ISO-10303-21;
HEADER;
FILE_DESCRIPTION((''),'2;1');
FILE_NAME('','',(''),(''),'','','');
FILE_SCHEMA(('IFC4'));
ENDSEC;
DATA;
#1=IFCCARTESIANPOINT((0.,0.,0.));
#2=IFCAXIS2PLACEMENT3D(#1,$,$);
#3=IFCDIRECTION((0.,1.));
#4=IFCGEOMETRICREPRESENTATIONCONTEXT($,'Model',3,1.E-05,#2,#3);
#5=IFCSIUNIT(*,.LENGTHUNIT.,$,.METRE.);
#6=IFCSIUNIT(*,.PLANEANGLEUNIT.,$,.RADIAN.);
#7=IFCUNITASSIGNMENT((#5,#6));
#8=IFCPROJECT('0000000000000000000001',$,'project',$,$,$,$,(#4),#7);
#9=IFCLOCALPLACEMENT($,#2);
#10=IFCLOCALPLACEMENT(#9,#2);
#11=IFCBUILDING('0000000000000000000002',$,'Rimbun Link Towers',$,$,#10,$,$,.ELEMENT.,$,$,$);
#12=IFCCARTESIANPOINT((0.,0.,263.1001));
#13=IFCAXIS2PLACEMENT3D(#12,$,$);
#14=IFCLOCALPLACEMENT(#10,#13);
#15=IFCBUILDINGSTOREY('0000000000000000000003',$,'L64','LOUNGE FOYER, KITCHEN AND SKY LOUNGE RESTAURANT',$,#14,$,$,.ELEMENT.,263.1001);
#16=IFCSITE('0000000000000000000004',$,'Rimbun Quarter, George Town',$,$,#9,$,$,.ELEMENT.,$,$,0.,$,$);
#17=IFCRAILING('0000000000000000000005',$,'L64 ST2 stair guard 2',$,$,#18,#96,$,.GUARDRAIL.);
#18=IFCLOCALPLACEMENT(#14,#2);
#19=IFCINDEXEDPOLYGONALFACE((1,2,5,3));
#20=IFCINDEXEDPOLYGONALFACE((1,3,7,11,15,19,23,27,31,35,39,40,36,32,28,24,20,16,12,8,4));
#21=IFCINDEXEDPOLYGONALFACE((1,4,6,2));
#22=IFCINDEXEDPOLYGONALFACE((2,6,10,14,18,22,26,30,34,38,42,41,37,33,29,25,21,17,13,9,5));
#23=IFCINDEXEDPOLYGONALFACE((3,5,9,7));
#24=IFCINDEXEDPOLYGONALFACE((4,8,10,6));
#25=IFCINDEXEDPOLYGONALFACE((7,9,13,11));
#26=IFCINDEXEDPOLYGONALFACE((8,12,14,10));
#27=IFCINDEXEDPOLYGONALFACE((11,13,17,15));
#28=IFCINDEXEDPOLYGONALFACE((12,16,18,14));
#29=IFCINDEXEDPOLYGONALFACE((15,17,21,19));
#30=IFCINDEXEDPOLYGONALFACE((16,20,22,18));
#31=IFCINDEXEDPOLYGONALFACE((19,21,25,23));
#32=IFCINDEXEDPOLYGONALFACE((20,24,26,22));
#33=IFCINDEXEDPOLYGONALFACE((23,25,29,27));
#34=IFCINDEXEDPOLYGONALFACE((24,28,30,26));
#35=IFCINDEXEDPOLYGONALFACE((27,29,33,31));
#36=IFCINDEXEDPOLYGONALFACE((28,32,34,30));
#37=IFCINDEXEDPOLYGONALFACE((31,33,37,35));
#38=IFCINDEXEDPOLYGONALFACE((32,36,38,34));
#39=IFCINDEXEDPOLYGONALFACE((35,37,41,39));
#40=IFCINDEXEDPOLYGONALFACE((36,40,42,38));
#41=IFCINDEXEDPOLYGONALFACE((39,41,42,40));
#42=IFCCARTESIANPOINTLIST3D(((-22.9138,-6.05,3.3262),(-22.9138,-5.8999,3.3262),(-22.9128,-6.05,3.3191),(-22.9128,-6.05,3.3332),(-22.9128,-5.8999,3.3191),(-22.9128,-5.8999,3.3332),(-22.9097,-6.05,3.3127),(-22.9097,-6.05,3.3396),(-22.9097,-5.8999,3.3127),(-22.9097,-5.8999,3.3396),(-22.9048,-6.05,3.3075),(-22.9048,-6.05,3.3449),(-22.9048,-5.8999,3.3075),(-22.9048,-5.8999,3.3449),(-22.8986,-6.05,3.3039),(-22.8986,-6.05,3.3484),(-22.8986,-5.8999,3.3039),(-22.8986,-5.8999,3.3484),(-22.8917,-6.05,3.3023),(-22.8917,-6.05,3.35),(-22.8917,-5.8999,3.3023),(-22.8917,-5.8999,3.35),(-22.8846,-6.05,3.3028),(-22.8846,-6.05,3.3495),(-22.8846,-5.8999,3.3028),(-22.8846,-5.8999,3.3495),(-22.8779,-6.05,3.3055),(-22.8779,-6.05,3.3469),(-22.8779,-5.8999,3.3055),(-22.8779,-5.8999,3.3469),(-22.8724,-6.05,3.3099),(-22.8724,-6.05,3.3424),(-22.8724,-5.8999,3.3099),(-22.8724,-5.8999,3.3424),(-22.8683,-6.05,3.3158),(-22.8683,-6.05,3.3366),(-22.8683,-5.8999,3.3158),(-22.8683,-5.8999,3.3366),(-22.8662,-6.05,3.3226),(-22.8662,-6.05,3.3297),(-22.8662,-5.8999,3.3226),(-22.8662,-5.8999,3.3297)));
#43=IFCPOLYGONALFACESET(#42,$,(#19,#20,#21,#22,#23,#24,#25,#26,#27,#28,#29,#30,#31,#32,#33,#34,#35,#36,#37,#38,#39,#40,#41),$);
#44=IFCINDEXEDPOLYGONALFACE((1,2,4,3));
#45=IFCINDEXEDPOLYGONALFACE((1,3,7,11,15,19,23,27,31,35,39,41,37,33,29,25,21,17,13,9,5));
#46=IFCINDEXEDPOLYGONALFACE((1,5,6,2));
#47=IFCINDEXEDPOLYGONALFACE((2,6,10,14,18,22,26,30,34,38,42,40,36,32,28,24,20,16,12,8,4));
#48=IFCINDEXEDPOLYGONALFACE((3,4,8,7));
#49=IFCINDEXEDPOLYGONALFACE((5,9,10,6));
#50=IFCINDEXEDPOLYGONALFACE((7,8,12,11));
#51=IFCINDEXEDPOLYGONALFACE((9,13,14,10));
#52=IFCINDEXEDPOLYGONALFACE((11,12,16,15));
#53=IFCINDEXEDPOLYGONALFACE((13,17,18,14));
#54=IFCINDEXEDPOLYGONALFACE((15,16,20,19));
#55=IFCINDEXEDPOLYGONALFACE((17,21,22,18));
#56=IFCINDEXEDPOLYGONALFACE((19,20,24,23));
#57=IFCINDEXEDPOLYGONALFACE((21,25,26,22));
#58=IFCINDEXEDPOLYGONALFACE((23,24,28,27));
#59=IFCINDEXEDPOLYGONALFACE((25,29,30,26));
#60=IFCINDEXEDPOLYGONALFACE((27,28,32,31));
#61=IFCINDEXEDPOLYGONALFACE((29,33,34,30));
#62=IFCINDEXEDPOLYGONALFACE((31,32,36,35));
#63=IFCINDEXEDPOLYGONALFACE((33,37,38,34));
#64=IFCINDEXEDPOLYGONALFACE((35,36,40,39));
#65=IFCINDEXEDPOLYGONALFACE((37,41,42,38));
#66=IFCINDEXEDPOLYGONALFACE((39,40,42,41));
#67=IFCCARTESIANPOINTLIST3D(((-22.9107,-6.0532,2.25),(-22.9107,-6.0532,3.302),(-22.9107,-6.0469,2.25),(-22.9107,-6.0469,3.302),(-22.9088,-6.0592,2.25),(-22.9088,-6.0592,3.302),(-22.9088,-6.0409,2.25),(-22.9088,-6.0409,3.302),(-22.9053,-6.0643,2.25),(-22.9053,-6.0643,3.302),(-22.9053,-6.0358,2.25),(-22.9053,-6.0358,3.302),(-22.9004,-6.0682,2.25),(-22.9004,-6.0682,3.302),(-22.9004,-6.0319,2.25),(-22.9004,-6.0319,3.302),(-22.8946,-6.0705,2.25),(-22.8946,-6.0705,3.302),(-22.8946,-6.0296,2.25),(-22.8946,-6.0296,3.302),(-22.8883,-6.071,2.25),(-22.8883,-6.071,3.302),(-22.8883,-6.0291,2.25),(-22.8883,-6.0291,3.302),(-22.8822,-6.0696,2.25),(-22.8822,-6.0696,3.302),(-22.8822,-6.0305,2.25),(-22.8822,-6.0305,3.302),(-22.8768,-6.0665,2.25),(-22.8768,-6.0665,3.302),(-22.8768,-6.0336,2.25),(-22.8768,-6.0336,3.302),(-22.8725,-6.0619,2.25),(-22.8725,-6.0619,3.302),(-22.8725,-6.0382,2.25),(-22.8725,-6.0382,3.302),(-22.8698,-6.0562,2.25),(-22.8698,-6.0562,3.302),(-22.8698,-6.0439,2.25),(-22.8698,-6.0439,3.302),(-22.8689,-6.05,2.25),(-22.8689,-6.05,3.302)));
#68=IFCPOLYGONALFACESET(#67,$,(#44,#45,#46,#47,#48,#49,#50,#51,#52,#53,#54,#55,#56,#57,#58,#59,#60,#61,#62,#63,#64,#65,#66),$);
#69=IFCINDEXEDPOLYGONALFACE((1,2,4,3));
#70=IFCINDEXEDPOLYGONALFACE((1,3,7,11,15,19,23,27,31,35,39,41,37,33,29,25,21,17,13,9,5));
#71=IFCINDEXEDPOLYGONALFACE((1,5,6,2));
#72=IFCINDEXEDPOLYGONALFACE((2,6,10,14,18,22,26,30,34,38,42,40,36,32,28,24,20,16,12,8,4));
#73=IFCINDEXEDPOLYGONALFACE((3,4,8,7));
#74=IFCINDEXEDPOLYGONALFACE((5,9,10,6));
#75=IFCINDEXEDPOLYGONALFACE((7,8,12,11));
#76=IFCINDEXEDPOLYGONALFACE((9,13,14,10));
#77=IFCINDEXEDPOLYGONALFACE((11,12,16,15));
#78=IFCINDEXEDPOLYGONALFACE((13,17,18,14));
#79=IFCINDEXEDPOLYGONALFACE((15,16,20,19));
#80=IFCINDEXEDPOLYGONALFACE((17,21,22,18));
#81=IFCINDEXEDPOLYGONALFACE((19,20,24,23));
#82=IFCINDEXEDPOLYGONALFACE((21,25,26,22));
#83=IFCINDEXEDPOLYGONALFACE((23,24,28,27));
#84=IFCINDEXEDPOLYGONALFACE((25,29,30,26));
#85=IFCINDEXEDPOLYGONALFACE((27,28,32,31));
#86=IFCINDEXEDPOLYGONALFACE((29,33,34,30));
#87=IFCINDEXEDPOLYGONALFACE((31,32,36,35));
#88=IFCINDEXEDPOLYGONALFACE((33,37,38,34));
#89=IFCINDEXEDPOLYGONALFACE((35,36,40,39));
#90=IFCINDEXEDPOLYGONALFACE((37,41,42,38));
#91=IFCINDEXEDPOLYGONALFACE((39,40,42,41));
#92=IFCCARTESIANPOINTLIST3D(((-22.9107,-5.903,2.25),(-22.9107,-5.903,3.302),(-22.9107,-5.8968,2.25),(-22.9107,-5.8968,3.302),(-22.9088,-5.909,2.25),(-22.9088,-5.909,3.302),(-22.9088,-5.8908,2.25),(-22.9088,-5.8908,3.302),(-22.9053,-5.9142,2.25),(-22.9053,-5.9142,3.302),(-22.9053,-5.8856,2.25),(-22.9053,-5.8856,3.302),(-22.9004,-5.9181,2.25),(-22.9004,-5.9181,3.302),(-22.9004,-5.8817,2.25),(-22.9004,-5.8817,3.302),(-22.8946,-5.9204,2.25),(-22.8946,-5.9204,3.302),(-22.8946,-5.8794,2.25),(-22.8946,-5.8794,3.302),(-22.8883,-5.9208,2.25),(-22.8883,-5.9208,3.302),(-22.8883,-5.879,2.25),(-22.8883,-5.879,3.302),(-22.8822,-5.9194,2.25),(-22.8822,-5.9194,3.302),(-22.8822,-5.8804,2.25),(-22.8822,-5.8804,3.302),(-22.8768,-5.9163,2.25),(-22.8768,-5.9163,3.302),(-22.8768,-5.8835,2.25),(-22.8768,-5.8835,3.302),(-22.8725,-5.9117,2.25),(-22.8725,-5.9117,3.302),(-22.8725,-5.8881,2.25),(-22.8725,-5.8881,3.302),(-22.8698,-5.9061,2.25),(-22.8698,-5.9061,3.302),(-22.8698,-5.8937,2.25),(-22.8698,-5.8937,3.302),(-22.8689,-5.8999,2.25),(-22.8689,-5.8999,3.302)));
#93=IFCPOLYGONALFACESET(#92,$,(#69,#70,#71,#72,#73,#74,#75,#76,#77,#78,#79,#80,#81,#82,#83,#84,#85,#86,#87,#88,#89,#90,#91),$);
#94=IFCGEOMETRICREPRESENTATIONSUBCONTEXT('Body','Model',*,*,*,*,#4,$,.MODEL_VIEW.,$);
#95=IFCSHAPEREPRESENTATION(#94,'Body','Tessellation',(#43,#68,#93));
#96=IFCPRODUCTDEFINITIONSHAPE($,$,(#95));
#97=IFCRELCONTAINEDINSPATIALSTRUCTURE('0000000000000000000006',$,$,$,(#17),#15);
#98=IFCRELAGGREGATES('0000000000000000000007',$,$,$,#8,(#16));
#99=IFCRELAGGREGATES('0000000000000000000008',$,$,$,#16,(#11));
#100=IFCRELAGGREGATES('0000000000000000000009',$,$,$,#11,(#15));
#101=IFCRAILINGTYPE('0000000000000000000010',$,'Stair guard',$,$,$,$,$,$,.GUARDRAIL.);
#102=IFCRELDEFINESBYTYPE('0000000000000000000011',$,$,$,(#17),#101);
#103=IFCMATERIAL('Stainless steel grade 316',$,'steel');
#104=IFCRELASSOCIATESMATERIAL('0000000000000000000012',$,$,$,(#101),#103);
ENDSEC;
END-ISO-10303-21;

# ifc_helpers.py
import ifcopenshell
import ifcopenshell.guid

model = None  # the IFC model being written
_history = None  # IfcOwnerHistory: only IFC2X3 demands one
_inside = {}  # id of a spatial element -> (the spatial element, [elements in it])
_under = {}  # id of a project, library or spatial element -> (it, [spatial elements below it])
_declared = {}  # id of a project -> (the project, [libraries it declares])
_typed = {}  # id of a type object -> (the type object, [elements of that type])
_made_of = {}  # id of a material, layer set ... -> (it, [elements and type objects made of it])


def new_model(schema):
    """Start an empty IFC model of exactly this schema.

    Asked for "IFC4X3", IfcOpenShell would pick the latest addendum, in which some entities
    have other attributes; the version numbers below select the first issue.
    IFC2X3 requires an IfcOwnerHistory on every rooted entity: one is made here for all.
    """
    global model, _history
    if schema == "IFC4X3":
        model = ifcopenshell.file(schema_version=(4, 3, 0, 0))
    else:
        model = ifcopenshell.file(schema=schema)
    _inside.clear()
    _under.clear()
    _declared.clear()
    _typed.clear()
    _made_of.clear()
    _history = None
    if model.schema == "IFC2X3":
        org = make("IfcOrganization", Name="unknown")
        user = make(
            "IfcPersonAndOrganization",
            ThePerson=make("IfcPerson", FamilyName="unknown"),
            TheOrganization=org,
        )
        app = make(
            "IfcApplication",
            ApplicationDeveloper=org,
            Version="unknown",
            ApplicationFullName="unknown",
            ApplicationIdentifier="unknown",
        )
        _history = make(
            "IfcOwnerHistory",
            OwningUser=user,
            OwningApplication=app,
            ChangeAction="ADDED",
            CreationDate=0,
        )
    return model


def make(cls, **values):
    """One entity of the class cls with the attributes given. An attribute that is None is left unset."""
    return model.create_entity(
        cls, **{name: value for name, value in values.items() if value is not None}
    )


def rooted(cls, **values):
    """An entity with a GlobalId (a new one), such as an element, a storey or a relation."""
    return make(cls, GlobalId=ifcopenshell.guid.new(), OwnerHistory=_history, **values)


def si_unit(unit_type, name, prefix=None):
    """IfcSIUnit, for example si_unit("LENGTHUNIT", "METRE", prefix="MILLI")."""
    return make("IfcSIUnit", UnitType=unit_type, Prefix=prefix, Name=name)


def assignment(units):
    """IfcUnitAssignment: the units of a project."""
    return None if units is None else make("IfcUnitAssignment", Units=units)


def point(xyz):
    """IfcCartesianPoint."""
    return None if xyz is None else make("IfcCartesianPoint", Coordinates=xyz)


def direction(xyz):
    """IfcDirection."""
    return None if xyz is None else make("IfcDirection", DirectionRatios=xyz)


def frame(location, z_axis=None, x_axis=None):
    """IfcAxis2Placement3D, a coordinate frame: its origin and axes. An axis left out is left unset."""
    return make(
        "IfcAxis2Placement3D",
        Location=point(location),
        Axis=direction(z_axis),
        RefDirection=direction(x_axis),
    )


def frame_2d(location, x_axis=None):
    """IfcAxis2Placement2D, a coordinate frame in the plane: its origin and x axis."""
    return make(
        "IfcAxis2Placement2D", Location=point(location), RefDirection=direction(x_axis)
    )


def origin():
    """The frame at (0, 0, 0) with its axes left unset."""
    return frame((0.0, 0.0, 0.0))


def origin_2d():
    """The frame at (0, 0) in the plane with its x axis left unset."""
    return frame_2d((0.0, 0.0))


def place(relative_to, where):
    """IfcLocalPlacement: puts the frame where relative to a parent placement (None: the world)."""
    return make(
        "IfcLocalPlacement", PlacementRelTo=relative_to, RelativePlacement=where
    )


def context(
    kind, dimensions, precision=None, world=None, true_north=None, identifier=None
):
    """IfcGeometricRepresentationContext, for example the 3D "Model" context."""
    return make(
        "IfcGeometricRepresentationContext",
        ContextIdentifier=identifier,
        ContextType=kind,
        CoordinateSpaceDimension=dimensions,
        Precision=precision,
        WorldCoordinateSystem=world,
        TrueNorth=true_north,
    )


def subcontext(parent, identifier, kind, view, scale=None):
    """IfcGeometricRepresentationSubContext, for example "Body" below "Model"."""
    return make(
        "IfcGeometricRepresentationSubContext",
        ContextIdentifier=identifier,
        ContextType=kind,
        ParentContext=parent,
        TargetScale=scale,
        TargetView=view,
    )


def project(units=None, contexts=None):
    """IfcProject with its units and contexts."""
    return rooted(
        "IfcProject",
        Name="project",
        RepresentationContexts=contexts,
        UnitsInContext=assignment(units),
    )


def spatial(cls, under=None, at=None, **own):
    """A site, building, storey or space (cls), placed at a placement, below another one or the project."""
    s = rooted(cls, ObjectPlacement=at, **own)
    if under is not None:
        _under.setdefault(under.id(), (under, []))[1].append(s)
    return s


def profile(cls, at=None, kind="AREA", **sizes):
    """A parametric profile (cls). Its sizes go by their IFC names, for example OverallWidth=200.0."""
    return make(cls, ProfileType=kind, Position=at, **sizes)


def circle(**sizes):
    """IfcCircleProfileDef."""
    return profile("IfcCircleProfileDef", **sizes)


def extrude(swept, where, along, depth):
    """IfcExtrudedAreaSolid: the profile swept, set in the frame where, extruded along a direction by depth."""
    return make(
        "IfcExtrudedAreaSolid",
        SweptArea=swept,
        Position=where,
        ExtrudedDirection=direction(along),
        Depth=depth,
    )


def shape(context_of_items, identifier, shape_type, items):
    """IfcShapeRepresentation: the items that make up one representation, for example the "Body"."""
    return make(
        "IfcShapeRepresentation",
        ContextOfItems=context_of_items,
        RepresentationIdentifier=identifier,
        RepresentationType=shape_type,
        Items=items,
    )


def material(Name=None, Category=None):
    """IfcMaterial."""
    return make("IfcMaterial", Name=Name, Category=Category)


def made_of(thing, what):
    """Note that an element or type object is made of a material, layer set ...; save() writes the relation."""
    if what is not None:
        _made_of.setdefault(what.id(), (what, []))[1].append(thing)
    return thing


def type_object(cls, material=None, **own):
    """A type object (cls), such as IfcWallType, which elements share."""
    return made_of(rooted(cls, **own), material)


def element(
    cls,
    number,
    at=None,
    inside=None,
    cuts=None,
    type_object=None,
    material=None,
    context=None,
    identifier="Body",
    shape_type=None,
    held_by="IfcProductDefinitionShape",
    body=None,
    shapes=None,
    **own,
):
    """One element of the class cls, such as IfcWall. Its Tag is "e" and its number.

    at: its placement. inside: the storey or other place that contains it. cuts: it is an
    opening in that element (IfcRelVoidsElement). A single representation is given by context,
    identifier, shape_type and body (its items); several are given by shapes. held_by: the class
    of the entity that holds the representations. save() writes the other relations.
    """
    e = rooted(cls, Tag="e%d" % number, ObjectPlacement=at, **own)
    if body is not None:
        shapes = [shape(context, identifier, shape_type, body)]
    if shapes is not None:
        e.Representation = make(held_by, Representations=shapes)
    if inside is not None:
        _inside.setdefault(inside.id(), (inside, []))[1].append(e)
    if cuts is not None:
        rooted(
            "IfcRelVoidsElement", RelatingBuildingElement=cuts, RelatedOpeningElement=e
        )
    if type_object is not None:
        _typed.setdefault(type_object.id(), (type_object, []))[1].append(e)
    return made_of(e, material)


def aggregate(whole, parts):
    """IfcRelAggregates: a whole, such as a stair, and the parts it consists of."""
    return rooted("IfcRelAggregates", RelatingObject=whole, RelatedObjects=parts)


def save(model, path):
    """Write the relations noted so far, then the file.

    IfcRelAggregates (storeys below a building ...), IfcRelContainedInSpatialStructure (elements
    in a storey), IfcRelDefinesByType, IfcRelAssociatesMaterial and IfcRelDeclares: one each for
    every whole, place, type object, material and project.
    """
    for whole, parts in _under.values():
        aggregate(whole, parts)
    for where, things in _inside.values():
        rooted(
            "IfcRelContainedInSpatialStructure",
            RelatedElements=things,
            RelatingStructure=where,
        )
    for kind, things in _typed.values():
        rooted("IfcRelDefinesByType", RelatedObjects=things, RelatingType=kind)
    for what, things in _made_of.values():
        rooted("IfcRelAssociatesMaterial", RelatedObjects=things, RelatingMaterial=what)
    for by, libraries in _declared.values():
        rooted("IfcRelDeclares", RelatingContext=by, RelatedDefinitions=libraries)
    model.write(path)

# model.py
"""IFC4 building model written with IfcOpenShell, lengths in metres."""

from ifc_helpers import new_model, si_unit, direction, frame, origin, origin_2d, place, context, subcontext, project, spatial, circle, extrude, material, type_object, element, save


model = new_model("IFC4")

# Units and contexts
model_context = context("Model", 3, precision=1e-05, world=origin(), true_north=direction((0.0, 1.0)))
body_context = subcontext(model_context, "Body", "Model", "MODEL_VIEW")
ifc_project = project(units=[si_unit("LENGTHUNIT", "METRE"), si_unit("PLANEANGLEUNIT", "RADIAN")], contexts=[model_context])

# Site, building, storey
site_placement = place(None, origin())
site = spatial("IfcSite", under=ifc_project, at=site_placement, Name="Rimbun Quarter, George Town", CompositionType="ELEMENT", RefElevation=0.0)
building_placement = place(site_placement, origin())
building = spatial("IfcBuilding", under=site, at=building_placement, Name="Rimbun Link Towers", CompositionType="ELEMENT")
storey_placement = place(building_placement, frame((0.0, 0.0, 263.1001)))
storey = spatial("IfcBuildingStorey", under=building, at=storey_placement, Name="L64", Description="LOUNGE FOYER, KITCHEN AND SKY LOUNGE RESTAURANT", CompositionType="ELEMENT", Elevation=263.1001)

# Railing
ifc_material_1 = material(Name="Stainless steel grade 316", Category="steel")
railing_type_1 = type_object("IfcRailingType", Name="Stair guard", PredefinedType="GUARDRAIL", material=ifc_material_1)
railing_1_placement = place(storey_placement, frame((-22.8899, -6.05, 2.25)))
element("IfcRailing", 1, at=railing_1_placement, inside=storey, type_object=railing_type_1, Name="L64 ST2 stair guard 2", PredefinedType="GUARDRAIL", context=body_context, shape_type="SweptSolid", body=[
    extrude(circle(Radius=0.0239, at=origin_2d()), frame((0.0, 0.0, 1.0762), z_axis=(0.0, 1.0, 0.0), x_axis=(-1.0, 0.0, 0.0)), (0.0, 0.0, 1.0), 0.1501),
    extrude(circle(Radius=0.021, at=origin_2d()), origin(), (0.0, 0.0, 1.0), 1.052),
    extrude(circle(Radius=0.021, at=origin_2d()), frame((0.0, 0.1501, 0.0)), (0.0, 0.0, 1.0), 1.052),
])

save(model, "model.ifc")
